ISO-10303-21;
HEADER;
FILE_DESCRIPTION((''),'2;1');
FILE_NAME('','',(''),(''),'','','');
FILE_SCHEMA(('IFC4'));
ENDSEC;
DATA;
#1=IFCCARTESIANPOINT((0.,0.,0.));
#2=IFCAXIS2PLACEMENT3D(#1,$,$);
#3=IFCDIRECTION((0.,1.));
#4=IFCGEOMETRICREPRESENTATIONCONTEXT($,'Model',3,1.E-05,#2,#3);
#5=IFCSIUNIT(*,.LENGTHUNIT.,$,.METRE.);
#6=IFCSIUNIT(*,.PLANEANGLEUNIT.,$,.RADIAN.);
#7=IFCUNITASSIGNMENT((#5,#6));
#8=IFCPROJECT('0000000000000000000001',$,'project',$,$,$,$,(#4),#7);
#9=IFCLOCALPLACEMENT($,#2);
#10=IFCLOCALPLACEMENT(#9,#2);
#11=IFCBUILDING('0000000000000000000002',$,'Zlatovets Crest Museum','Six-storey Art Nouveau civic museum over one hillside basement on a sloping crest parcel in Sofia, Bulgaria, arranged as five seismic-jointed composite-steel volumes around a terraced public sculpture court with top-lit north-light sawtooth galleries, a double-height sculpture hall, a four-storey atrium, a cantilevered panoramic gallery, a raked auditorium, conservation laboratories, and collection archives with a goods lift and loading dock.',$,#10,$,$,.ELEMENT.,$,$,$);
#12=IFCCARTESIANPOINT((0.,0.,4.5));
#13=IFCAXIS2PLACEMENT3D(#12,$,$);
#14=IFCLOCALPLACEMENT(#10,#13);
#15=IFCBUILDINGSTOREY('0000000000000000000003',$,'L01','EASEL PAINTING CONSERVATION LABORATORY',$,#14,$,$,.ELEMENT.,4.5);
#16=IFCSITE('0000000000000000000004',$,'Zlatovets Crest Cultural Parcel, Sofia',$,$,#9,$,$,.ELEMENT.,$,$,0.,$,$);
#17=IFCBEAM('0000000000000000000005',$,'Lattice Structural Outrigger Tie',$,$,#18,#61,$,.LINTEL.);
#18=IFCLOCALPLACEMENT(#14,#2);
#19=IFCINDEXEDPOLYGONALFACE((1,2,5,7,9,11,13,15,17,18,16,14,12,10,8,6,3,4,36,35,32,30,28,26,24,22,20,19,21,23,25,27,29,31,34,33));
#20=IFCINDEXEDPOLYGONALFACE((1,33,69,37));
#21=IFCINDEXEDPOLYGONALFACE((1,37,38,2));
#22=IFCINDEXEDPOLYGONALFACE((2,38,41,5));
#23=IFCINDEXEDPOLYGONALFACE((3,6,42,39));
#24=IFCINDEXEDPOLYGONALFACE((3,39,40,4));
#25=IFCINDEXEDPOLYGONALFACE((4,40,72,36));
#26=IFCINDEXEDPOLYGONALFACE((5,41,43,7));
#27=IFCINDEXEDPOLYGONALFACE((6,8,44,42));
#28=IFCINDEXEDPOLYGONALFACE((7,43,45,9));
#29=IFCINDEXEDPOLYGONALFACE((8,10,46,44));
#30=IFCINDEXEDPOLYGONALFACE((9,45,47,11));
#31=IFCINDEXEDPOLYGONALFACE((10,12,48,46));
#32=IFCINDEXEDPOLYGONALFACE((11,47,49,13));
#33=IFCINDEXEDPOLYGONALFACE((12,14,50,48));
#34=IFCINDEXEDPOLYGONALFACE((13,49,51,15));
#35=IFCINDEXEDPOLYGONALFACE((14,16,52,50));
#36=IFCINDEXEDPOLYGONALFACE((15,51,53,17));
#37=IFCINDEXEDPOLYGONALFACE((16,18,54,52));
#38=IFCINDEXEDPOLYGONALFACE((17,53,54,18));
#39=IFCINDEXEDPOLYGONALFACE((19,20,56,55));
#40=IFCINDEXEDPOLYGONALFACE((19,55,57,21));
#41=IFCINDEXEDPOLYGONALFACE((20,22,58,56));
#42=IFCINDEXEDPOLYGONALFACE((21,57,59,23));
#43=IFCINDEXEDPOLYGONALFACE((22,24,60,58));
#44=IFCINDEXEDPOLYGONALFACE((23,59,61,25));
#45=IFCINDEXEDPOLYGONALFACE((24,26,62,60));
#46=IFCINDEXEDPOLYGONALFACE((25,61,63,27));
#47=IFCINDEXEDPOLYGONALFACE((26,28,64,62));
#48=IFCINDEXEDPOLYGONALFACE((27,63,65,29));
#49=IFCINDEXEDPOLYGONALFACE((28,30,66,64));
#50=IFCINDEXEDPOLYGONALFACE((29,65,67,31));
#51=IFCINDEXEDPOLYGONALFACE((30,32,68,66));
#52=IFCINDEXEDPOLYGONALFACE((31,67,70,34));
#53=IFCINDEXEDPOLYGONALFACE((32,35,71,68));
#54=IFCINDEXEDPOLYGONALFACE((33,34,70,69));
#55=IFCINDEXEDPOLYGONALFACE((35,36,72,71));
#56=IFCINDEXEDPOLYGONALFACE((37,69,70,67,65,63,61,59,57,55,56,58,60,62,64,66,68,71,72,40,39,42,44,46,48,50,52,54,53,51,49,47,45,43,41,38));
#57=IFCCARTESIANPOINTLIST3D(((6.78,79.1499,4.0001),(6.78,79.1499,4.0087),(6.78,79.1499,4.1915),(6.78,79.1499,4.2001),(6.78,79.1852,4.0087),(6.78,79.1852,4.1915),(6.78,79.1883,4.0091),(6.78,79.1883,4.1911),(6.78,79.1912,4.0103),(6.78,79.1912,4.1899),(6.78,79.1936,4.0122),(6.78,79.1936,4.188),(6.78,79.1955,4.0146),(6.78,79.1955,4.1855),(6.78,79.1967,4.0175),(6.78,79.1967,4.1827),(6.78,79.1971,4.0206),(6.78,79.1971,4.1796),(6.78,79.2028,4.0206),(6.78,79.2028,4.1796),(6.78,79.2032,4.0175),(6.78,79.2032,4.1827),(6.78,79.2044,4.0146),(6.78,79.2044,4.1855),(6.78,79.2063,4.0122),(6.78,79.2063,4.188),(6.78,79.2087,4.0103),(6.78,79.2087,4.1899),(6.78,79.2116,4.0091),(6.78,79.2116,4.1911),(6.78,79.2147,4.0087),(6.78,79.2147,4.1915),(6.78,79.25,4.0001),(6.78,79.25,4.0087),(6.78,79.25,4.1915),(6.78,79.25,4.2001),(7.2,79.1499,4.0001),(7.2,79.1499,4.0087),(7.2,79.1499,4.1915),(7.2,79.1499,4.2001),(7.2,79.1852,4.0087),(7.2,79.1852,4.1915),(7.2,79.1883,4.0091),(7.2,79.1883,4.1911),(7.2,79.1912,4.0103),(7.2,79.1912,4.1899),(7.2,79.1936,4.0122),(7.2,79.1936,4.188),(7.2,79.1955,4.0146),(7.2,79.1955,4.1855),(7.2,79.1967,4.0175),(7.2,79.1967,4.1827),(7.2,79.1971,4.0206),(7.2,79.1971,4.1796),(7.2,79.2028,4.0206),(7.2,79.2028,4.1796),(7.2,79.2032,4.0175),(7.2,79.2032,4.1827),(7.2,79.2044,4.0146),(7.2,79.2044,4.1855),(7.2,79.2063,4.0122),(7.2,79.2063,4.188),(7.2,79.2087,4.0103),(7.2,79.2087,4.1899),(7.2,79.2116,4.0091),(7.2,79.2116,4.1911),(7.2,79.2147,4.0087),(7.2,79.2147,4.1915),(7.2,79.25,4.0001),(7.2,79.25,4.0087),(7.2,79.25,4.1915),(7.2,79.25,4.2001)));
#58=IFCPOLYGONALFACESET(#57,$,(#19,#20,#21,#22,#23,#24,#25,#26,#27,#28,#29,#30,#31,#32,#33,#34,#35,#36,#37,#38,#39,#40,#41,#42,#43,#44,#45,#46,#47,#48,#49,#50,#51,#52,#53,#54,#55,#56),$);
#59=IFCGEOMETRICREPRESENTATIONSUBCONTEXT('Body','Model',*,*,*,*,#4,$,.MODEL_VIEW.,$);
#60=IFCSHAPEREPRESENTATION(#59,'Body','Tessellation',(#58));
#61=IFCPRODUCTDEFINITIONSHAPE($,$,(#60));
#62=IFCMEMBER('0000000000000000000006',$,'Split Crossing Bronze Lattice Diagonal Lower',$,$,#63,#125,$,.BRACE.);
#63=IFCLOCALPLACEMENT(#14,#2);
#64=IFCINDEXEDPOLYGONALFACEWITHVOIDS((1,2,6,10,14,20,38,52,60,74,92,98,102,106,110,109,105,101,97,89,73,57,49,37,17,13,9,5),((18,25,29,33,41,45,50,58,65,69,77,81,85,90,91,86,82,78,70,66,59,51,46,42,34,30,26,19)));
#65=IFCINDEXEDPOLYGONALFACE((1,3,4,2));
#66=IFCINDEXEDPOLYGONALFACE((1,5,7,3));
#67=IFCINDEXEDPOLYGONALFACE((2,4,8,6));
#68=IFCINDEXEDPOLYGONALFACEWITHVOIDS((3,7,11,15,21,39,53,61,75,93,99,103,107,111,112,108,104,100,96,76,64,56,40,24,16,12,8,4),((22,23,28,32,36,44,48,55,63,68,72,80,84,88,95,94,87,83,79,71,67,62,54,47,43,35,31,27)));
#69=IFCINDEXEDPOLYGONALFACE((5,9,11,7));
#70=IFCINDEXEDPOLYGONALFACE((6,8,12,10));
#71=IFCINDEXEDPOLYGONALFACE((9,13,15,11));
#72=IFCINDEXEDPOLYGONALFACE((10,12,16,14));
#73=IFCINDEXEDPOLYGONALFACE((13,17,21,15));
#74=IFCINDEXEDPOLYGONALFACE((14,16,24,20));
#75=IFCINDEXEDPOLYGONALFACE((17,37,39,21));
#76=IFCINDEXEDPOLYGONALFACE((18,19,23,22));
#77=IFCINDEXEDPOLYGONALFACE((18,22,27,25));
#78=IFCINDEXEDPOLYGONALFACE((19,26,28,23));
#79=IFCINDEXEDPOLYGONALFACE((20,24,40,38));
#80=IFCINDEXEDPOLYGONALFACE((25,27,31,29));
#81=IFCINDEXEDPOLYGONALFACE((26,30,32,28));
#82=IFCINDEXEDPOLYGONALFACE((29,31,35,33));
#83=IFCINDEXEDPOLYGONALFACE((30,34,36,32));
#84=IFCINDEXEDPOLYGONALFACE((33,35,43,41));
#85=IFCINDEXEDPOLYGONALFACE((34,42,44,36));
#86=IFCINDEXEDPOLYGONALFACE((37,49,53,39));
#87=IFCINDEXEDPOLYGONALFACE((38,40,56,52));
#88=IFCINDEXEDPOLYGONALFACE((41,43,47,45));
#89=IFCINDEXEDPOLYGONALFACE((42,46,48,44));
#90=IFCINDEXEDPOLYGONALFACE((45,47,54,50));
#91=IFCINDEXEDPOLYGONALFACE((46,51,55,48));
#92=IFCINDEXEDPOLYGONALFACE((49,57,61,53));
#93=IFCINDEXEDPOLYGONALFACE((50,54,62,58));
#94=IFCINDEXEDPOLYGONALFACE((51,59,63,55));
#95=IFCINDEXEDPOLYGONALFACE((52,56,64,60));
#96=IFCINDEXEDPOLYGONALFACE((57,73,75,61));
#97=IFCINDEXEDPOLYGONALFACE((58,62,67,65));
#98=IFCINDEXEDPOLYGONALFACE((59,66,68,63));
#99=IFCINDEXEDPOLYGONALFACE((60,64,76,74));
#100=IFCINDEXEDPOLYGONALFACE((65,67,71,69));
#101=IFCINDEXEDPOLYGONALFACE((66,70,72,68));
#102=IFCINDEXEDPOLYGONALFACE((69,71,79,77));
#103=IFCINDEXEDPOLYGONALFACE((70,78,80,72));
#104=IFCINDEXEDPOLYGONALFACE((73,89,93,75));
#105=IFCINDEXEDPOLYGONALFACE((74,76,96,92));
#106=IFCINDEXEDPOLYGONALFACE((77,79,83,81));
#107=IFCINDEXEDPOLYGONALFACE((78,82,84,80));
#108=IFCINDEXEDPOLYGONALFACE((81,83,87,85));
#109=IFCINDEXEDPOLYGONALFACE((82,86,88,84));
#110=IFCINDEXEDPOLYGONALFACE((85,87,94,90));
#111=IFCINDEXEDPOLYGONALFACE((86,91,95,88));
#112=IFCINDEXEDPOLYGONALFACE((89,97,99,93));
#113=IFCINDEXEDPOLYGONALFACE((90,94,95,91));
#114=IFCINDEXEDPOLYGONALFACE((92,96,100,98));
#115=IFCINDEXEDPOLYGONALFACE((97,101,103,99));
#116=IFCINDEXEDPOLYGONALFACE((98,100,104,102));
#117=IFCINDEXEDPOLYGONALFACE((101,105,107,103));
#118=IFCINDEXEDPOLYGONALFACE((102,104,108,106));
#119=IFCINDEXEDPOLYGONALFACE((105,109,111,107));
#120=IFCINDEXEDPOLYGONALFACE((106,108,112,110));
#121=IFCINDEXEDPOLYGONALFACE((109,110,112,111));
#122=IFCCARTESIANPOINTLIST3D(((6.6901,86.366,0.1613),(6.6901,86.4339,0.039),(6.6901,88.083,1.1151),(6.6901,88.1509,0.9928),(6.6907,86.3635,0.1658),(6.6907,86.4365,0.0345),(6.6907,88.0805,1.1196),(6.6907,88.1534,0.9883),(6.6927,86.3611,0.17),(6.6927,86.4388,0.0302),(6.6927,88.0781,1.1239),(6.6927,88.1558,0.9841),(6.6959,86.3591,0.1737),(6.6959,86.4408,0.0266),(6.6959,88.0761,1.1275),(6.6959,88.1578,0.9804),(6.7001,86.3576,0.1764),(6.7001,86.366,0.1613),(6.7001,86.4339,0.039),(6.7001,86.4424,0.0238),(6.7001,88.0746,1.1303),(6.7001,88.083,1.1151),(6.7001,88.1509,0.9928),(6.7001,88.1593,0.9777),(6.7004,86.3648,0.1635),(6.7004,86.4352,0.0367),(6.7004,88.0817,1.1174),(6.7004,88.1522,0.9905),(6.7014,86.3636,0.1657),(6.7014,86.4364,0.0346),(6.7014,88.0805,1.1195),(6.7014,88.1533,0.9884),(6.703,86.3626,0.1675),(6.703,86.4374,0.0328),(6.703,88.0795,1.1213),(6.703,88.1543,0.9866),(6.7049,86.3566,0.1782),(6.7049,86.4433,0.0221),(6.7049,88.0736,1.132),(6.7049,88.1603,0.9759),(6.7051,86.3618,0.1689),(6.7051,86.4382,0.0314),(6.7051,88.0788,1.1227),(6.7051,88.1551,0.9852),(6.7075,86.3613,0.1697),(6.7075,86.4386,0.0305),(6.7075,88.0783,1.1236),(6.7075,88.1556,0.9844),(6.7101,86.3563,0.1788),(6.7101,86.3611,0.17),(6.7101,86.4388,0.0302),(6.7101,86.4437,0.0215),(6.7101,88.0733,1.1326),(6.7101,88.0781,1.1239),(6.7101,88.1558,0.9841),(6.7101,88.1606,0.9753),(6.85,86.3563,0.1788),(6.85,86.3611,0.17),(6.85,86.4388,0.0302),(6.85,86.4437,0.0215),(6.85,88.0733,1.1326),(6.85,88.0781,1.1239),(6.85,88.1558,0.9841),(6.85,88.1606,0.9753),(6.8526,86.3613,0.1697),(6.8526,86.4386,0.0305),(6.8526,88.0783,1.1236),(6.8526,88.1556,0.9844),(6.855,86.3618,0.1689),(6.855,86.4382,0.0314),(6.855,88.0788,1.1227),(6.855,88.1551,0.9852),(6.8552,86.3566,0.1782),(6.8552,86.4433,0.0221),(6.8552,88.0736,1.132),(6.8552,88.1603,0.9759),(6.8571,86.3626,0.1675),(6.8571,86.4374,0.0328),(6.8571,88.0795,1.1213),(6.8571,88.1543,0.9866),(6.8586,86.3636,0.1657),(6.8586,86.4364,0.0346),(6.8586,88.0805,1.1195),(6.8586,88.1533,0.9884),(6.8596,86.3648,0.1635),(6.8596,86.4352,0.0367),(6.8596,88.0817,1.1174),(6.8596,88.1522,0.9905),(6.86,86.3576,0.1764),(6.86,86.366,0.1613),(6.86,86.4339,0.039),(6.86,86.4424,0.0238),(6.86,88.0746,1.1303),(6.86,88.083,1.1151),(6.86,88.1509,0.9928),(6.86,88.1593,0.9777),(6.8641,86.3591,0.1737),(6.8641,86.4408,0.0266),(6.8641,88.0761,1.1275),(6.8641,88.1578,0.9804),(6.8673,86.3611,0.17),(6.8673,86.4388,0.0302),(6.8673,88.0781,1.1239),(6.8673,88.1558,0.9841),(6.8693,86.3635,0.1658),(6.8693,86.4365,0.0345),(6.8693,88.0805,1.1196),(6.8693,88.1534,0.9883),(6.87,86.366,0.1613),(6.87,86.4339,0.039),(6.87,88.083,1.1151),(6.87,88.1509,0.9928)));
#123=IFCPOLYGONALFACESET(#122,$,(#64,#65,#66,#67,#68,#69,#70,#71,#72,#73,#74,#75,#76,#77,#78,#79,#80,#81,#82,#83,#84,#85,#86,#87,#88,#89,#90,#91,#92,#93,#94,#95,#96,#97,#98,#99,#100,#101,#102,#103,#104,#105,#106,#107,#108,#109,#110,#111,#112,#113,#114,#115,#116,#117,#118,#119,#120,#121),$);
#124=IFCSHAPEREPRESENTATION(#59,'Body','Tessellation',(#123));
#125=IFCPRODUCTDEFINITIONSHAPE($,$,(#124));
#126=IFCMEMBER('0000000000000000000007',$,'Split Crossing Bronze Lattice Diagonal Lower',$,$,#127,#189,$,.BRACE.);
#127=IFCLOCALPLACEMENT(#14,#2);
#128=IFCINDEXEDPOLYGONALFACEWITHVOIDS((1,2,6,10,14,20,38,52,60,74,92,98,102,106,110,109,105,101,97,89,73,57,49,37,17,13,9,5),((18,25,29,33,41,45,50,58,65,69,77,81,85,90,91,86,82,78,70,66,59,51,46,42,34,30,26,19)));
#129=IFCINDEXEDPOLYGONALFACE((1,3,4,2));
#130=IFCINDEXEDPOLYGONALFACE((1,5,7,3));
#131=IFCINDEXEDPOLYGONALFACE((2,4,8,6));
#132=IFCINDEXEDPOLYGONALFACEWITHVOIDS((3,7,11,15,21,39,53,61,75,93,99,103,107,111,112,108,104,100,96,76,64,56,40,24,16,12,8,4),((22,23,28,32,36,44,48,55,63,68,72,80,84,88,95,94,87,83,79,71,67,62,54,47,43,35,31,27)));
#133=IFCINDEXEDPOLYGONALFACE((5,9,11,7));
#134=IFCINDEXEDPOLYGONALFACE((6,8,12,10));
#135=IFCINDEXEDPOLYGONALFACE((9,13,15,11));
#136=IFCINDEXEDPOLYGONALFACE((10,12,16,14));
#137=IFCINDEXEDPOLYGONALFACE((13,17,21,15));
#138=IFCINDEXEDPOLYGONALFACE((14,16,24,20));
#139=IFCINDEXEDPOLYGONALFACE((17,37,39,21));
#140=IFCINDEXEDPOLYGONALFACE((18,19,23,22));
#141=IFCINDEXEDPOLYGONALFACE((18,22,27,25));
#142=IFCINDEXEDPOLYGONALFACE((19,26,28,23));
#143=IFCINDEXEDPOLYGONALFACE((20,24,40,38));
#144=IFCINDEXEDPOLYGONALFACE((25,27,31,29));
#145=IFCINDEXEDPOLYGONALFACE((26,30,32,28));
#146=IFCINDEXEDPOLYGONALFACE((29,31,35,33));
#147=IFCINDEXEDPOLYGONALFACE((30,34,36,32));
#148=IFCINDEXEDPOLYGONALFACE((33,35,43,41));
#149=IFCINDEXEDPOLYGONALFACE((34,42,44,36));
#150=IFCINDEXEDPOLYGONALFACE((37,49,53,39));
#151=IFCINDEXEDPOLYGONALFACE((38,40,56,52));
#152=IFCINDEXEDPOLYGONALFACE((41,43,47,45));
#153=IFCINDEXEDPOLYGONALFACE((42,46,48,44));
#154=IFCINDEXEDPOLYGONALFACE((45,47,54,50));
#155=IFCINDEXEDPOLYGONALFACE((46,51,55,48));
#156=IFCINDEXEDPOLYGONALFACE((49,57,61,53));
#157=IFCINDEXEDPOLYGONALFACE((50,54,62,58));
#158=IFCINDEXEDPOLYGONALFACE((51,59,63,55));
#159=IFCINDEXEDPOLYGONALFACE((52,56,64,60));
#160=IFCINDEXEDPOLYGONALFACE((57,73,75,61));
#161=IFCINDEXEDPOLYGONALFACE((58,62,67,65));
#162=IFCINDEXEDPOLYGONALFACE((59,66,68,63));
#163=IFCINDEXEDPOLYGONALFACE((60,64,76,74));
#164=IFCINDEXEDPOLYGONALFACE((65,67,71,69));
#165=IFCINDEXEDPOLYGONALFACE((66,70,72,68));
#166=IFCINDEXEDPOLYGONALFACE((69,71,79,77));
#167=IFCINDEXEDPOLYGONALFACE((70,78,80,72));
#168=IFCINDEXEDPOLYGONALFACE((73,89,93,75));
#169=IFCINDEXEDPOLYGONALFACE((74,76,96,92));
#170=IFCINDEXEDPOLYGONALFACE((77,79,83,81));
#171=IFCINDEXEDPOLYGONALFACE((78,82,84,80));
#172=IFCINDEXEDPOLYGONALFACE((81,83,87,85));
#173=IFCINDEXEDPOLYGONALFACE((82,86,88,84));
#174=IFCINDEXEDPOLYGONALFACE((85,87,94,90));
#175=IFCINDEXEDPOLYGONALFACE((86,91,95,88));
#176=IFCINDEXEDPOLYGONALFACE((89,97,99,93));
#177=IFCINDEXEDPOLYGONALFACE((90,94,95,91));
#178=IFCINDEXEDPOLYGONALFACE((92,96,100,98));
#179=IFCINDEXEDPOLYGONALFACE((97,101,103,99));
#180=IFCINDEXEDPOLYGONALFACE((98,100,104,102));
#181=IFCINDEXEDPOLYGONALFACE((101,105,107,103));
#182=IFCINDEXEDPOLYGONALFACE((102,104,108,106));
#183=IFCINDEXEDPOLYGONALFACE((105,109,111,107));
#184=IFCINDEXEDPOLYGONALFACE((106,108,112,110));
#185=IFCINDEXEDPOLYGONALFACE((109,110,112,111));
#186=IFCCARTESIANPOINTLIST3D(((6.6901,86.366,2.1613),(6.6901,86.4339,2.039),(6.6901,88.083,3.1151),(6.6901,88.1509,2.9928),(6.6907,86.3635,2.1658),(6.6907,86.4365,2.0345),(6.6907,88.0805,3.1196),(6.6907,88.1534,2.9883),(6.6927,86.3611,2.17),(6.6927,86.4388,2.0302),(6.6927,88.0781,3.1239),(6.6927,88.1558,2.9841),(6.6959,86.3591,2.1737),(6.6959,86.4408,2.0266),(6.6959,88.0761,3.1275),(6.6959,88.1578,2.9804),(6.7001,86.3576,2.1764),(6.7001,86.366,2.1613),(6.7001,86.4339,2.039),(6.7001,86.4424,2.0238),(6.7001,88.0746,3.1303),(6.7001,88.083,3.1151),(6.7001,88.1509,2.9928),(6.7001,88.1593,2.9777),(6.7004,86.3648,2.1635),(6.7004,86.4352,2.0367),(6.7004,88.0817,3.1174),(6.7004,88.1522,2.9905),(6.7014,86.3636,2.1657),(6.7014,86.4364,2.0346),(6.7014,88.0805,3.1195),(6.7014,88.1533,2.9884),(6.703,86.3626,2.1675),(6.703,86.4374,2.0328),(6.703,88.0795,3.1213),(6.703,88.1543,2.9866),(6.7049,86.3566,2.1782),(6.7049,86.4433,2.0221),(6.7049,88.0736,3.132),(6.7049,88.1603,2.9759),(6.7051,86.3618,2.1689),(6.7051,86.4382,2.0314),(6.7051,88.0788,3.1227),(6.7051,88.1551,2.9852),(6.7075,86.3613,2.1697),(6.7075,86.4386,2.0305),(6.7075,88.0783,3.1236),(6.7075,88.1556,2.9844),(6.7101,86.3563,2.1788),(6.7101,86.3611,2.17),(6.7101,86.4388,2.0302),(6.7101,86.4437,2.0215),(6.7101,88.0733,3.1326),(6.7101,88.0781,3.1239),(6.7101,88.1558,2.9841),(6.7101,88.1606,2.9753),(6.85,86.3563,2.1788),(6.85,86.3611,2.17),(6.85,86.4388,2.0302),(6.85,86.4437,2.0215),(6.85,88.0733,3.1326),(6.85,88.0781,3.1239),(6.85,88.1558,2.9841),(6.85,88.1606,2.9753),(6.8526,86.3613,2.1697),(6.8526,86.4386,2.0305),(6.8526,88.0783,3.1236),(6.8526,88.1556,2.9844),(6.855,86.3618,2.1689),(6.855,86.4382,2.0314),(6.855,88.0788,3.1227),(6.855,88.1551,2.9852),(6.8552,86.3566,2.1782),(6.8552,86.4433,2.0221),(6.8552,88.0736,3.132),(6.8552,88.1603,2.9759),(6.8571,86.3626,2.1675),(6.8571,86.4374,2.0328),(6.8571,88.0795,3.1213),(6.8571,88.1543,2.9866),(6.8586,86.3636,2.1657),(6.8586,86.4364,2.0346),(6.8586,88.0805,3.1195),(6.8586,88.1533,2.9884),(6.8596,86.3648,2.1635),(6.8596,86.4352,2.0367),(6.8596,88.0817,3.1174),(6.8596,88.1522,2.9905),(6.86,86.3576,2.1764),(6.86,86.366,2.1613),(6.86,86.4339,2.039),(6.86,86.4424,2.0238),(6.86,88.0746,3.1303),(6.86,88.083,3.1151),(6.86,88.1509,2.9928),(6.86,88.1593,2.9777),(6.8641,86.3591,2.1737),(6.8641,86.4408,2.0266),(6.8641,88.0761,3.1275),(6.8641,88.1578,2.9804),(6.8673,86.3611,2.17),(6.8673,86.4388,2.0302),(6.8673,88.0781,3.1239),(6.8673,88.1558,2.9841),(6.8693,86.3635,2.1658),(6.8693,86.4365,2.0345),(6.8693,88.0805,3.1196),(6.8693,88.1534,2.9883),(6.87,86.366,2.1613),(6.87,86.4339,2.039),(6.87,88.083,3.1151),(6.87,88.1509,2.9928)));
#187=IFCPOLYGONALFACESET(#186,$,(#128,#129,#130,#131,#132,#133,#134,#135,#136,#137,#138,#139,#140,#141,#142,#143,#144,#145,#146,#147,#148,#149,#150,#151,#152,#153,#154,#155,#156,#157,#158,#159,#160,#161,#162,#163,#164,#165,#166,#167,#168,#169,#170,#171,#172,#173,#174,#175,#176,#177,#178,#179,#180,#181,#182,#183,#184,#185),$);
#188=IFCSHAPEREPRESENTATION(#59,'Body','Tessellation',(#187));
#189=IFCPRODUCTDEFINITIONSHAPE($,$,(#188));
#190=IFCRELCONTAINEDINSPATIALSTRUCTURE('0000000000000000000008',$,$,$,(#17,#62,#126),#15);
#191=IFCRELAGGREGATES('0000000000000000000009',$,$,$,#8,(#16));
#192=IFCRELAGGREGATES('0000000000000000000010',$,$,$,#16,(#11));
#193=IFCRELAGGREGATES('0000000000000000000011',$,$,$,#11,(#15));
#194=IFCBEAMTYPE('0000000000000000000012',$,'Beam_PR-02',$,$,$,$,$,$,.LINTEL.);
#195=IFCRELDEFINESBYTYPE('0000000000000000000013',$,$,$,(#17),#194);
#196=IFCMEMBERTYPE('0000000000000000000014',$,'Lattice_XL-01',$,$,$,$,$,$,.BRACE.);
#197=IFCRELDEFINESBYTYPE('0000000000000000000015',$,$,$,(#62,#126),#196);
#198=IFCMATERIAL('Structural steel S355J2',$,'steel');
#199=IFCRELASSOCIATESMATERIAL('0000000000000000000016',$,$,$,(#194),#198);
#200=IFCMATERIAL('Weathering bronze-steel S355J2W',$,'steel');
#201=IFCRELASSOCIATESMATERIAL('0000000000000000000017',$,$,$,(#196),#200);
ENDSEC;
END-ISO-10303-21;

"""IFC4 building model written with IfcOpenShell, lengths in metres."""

from ifc_helpers import new_model, si_unit, direction, frame, origin, origin_2d, place, context, subcontext, project, spatial, hollow_rectangle, i_section, extrude, material, material_profile, profile_set, type_object, element, save


model = new_model("IFC4")

# Units and contexts
model_context = context("Model", 3, precision=1e-05, world=origin(), true_north=direction((0.0, 1.0)))
body_context = subcontext(model_context, "Body", "Model", "MODEL_VIEW")
ifc_project = project(units=[si_unit("LENGTHUNIT", "METRE"), si_unit("PLANEANGLEUNIT", "RADIAN")], contexts=[model_context])

# Site, building, storey
site_placement = place(None, origin())
site = spatial("IfcSite", under=ifc_project, at=site_placement, Name="Zlatovets Crest Cultural Parcel, Sofia", CompositionType="ELEMENT", RefElevation=0.0)
building_placement = place(site_placement, origin())
building = spatial("IfcBuilding", under=site, at=building_placement, Name="Zlatovets Crest Museum", Description="Six-storey Art Nouveau civic museum over one hillside basement on a sloping crest parcel in Sofia, Bulgaria, arranged as five seismic-jointed composite-steel volumes around a terraced public sculpture court with top-lit north-light sawtooth galleries, a double-height sculpture hall, a four-storey atrium, a cantilevered panoramic gallery, a raked auditorium, conservation laboratories, and collection archives with a goods lift and loading dock.", CompositionType="ELEMENT")
storey_placement = place(building_placement, frame((0.0, 0.0, 4.5)))
storey = spatial("IfcBuildingStorey", under=building, at=storey_placement, Name="L01", Description="EASEL PAINTING CONSERVATION LABORATORY", CompositionType="ELEMENT", Elevation=4.5)

# Shared definitions
ifc_material_1 = material(Name="Structural steel S355J2", Category="steel")

# Beam
ifc_material_profile_1 = material_profile(ifc_material_1, i_section(OverallWidth=0.1001, OverallDepth=0.2, WebThickness=0.0056, FlangeThickness=0.0085, FilletRadius=0.012, at=origin_2d()), Name="IPE 200")
ifc_profile_set_1 = profile_set([ifc_material_profile_1], Name="Structural steel S355J2")
beam_type_1 = type_object("IfcBeamType", Name="Beam_PR-02", PredefinedType="LINTEL", material=ifc_profile_set_1)
for number, where, z_axis, x_axis, name in (
    (1, (7.2, 79.2, 4.1001), (-1.0, 0.0, 0.0), (0.0, -1.0, 0.0), "Lattice Structural Outrigger Tie"),
):
    element("IfcBeam", number, at=place(storey_placement, frame(where, z_axis=z_axis, x_axis=x_axis)), inside=storey, type_object=beam_type_1, Name=name, PredefinedType="LINTEL", context=body_context, shape_type="SweptSolid", body=[
        extrude(i_section(OverallWidth=0.1001, OverallDepth=0.2, WebThickness=0.0056, FlangeThickness=0.0085, FilletRadius=0.012, at=origin_2d()), origin(), (0.0, 0.0, 1.0), 0.4199),
    ])

# Members
ifc_material_2 = material(Name="Weathering bronze-steel S355J2W", Category="steel")
ifc_material_profile_2 = material_profile(ifc_material_2, hollow_rectangle(XDim=0.1799, YDim=0.1799, WallThickness=0.01, InnerFilletRadius=0.01, OuterFilletRadius=0.02, at=origin_2d()), Name="SHS 180x180x10.0")
ifc_profile_set_2 = profile_set([ifc_material_profile_2], Name="Weathering bronze-steel S355J2W")
member_type_1 = type_object("IfcMemberType", Name="Lattice_XL-01", PredefinedType="BRACE", material=ifc_profile_set_2)
for number, where, z_axis, x_axis, name in (
    (2, (6.78, 88.1169, 1.054), (0.0, -0.874169, -0.485622), (1.0, 0.0, 0.0), "Split Crossing Bronze Lattice Diagonal Lower"),
    (3, (6.78, 88.1169, 3.054), (0.0, -0.874169, -0.485622), (1.0, 0.0, 0.0), "Split Crossing Bronze Lattice Diagonal Lower"),
):
    element("IfcMember", number, at=place(storey_placement, frame(where, z_axis=z_axis, x_axis=x_axis)), inside=storey, type_object=member_type_1, Name=name, PredefinedType="BRACE", context=body_context, shape_type="SweptSolid", body=[
        extrude(hollow_rectangle(XDim=0.1799, YDim=0.1799, WallThickness=0.01, InnerFilletRadius=0.01, OuterFilletRadius=0.02, at=origin_2d()), origin(), (0.0, 0.0, 1.0), 1.9641),
    ])

save(model, "model.ifc")
